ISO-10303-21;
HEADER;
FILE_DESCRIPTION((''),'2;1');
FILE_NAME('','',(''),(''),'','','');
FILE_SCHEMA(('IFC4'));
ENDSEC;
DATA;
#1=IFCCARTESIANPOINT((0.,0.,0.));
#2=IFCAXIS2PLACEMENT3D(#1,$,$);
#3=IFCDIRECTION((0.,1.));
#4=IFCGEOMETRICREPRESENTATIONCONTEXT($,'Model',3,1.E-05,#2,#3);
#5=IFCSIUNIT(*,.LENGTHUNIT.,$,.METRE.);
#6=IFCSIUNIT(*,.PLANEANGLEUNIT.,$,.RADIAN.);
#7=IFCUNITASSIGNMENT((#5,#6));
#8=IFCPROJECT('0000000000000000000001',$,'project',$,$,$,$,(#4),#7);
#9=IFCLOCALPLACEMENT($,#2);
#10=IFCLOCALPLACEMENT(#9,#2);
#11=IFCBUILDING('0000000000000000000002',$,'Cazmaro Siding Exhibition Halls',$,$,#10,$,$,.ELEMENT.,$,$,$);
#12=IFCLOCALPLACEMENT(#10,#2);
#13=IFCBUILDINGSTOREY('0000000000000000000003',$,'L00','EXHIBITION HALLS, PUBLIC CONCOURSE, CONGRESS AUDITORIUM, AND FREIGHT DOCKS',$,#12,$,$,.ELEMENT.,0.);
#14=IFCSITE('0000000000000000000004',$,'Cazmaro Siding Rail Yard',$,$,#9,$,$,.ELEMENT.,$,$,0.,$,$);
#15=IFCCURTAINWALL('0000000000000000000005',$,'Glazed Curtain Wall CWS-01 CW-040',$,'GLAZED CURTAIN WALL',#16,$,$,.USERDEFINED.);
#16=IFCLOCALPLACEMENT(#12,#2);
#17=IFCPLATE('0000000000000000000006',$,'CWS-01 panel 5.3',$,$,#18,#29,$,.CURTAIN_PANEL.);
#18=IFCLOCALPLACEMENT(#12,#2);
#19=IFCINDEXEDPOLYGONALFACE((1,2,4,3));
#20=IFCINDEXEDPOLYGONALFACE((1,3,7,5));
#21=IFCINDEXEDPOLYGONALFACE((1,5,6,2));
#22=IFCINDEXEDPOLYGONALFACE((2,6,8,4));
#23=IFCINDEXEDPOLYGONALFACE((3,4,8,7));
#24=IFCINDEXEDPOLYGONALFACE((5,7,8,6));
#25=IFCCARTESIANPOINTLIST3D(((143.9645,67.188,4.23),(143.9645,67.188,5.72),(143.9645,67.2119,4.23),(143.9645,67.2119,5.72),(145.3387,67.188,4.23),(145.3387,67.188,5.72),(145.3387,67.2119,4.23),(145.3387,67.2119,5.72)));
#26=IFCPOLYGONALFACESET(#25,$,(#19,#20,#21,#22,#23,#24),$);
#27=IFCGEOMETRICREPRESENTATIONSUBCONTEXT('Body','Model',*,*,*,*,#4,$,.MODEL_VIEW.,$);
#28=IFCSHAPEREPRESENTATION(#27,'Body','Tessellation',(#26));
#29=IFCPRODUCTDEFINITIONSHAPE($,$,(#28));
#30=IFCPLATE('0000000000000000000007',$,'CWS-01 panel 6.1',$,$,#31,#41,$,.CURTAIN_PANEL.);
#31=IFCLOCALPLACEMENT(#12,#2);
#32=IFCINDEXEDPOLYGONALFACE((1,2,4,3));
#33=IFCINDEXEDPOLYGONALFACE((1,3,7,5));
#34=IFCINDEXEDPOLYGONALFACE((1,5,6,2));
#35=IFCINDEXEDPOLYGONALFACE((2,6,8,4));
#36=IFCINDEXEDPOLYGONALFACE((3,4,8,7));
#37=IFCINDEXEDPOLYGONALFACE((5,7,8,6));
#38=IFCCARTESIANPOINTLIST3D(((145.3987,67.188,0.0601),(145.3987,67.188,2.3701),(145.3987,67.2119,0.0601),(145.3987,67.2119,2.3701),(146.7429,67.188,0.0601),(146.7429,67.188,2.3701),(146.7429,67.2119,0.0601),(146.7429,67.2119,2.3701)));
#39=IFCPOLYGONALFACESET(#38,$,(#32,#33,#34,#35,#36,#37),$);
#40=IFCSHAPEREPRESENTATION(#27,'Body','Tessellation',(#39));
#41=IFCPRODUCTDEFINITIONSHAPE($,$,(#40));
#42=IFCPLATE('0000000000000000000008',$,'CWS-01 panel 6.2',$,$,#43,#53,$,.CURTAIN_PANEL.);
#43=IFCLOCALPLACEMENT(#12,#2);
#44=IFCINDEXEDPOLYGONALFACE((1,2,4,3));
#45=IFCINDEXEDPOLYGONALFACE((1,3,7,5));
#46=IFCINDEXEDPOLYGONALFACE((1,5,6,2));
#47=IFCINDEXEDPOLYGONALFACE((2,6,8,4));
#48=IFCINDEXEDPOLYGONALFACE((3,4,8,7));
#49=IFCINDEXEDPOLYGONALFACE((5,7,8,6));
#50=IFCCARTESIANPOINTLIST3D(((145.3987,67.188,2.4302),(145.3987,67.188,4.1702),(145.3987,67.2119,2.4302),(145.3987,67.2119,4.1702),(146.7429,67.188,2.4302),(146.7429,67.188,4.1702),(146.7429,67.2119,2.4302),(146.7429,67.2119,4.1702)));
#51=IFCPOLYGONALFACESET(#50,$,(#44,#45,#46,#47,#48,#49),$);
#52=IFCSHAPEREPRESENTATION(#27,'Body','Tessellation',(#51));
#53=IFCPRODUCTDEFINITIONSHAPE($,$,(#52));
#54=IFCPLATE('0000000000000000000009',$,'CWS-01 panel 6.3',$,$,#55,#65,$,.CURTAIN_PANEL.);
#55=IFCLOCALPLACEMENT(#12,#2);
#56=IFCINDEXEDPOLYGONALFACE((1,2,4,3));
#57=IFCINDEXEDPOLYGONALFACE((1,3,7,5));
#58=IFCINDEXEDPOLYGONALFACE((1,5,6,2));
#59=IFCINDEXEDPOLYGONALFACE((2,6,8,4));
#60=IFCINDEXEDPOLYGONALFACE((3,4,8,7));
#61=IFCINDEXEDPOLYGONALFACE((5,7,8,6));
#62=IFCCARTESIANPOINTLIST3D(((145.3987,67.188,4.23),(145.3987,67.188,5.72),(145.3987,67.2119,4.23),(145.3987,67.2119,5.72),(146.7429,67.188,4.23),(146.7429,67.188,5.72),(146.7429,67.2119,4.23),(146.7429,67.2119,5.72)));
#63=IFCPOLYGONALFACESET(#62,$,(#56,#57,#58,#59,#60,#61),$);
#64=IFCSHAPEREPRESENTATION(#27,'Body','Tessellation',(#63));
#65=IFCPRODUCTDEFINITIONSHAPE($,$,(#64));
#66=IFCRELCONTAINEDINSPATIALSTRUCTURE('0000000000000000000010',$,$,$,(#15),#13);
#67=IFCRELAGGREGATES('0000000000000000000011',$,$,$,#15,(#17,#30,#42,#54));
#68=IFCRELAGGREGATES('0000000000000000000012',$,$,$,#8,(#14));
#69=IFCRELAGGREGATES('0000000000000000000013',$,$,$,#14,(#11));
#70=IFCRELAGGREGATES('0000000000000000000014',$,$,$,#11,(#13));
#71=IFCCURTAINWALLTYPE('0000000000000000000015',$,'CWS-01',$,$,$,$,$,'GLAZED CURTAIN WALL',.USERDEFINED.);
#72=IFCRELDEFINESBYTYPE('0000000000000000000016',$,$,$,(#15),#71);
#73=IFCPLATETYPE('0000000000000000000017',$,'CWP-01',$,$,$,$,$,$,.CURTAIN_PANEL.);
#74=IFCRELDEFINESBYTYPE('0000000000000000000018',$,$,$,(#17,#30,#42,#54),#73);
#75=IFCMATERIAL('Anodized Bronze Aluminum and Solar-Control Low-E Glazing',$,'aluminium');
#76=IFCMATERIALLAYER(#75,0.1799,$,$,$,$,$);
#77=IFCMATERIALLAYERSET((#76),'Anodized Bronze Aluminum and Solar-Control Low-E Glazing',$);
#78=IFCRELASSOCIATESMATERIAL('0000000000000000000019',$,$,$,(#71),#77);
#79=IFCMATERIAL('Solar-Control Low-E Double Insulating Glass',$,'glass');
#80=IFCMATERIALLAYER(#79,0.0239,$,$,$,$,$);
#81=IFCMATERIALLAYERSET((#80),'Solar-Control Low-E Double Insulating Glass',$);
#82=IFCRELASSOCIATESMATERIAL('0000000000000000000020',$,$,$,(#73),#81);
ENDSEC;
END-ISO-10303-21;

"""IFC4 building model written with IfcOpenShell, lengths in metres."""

from ifc_helpers import new_model, si_unit, direction, frame, origin, origin_2d, place, context, subcontext, project, spatial, rectangle, extrude, material, layer, layer_set, type_object, element, aggregate, save


model = new_model("IFC4")

# Units and contexts
model_context = context("Model", 3, precision=1e-05, world=origin(), true_north=direction((0.0, 1.0)))
body_context = subcontext(model_context, "Body", "Model", "MODEL_VIEW")
ifc_project = project(units=[si_unit("LENGTHUNIT", "METRE"), si_unit("PLANEANGLEUNIT", "RADIAN")], contexts=[model_context])

# Site, building, storey
site_placement = place(None, origin())
site = spatial("IfcSite", under=ifc_project, at=site_placement, Name="Cazmaro Siding Rail Yard", CompositionType="ELEMENT", RefElevation=0.0)
building_placement = place(site_placement, origin())
building = spatial("IfcBuilding", under=site, at=building_placement, Name="Cazmaro Siding Exhibition Halls", CompositionType="ELEMENT")
storey_placement = place(building_placement, origin())
storey = spatial("IfcBuildingStorey", under=building, at=storey_placement, Name="L00", Description="EXHIBITION HALLS, PUBLIC CONCOURSE, CONGRESS AUDITORIUM, AND FREIGHT DOCKS", CompositionType="ELEMENT", Elevation=0.0)

# Curtain wall
ifc_material_1 = material(Name="Anodized Bronze Aluminum and Solar-Control Low-E Glazing", Category="aluminium")
ifc_layer_1 = layer(ifc_material_1, 0.1799)
ifc_layer_set_1 = layer_set([ifc_layer_1], Name="Anodized Bronze Aluminum and Solar-Control Low-E Glazing")
curtain_wall_type = type_object("IfcCurtainWallType", Name="CWS-01", ElementType="GLAZED CURTAIN WALL", PredefinedType="USERDEFINED", material=ifc_layer_set_1)
curtain_wall_1_placement = place(storey_placement, origin())
curtain_wall_1 = element("IfcCurtainWall", 1, at=curtain_wall_1_placement, inside=storey, type_object=curtain_wall_type, Name="Glazed Curtain Wall CWS-01 CW-040", ObjectType="GLAZED CURTAIN WALL", PredefinedType="USERDEFINED")

# Plates
ifc_material_2 = material(Name="Solar-Control Low-E Double Insulating Glass", Category="glass")
ifc_layer_2 = layer(ifc_material_2, 0.0239)
ifc_layer_set_2 = layer_set([ifc_layer_2], Name="Solar-Control Low-E Double Insulating Glass")
plate_type = type_object("IfcPlateType", Name="CWP-01", PredefinedType="CURTAIN_PANEL", material=ifc_layer_set_2)
plate_1_placement = place(storey_placement, frame((144.6516, 67.2, 4.23), z_axis=(0.0, 0.0, 1.0), x_axis=(1.0, 0.0, 0.0)))
plate_1 = element("IfcPlate", 2, at=plate_1_placement, type_object=plate_type, Name="CWS-01 panel 5.3", PredefinedType="CURTAIN_PANEL", context=body_context, shape_type="SweptSolid", body=[
    extrude(rectangle(XDim=1.3743, YDim=0.0239, at=origin_2d()), origin(), (0.0, 0.0, 1.0), 1.49),
])
plate_2_placement = place(storey_placement, frame((146.0708, 67.2, 0.0601), z_axis=(0.0, 0.0, 1.0), x_axis=(1.0, 0.0, 0.0)))
plate_2 = element("IfcPlate", 3, at=plate_2_placement, type_object=plate_type, Name="CWS-01 panel 6.1", PredefinedType="CURTAIN_PANEL", context=body_context, shape_type="SweptSolid", body=[
    extrude(rectangle(XDim=1.3442, YDim=0.0239, at=origin_2d()), origin(), (0.0, 0.0, 1.0), 2.3101),
])
plate_3_placement = place(storey_placement, frame((146.0708, 67.2, 2.4302), z_axis=(0.0, 0.0, 1.0), x_axis=(1.0, 0.0, 0.0)))
plate_3 = element("IfcPlate", 4, at=plate_3_placement, type_object=plate_type, Name="CWS-01 panel 6.2", PredefinedType="CURTAIN_PANEL", context=body_context, shape_type="SweptSolid", body=[
    extrude(rectangle(XDim=1.3442, YDim=0.0239, at=origin_2d()), origin(), (0.0, 0.0, 1.0), 1.74),
])
plate_4_placement = place(storey_placement, frame((146.0708, 67.2, 4.23), z_axis=(0.0, 0.0, 1.0), x_axis=(1.0, 0.0, 0.0)))
plate_4 = element("IfcPlate", 5, at=plate_4_placement, type_object=plate_type, Name="CWS-01 panel 6.3", PredefinedType="CURTAIN_PANEL", context=body_context, shape_type="SweptSolid", body=[
    extrude(rectangle(XDim=1.3442, YDim=0.0239, at=origin_2d()), origin(), (0.0, 0.0, 1.0), 1.49),
])
aggregate(curtain_wall_1, [plate_1, plate_2, plate_3, plate_4])

save(model, "model.ifc")
